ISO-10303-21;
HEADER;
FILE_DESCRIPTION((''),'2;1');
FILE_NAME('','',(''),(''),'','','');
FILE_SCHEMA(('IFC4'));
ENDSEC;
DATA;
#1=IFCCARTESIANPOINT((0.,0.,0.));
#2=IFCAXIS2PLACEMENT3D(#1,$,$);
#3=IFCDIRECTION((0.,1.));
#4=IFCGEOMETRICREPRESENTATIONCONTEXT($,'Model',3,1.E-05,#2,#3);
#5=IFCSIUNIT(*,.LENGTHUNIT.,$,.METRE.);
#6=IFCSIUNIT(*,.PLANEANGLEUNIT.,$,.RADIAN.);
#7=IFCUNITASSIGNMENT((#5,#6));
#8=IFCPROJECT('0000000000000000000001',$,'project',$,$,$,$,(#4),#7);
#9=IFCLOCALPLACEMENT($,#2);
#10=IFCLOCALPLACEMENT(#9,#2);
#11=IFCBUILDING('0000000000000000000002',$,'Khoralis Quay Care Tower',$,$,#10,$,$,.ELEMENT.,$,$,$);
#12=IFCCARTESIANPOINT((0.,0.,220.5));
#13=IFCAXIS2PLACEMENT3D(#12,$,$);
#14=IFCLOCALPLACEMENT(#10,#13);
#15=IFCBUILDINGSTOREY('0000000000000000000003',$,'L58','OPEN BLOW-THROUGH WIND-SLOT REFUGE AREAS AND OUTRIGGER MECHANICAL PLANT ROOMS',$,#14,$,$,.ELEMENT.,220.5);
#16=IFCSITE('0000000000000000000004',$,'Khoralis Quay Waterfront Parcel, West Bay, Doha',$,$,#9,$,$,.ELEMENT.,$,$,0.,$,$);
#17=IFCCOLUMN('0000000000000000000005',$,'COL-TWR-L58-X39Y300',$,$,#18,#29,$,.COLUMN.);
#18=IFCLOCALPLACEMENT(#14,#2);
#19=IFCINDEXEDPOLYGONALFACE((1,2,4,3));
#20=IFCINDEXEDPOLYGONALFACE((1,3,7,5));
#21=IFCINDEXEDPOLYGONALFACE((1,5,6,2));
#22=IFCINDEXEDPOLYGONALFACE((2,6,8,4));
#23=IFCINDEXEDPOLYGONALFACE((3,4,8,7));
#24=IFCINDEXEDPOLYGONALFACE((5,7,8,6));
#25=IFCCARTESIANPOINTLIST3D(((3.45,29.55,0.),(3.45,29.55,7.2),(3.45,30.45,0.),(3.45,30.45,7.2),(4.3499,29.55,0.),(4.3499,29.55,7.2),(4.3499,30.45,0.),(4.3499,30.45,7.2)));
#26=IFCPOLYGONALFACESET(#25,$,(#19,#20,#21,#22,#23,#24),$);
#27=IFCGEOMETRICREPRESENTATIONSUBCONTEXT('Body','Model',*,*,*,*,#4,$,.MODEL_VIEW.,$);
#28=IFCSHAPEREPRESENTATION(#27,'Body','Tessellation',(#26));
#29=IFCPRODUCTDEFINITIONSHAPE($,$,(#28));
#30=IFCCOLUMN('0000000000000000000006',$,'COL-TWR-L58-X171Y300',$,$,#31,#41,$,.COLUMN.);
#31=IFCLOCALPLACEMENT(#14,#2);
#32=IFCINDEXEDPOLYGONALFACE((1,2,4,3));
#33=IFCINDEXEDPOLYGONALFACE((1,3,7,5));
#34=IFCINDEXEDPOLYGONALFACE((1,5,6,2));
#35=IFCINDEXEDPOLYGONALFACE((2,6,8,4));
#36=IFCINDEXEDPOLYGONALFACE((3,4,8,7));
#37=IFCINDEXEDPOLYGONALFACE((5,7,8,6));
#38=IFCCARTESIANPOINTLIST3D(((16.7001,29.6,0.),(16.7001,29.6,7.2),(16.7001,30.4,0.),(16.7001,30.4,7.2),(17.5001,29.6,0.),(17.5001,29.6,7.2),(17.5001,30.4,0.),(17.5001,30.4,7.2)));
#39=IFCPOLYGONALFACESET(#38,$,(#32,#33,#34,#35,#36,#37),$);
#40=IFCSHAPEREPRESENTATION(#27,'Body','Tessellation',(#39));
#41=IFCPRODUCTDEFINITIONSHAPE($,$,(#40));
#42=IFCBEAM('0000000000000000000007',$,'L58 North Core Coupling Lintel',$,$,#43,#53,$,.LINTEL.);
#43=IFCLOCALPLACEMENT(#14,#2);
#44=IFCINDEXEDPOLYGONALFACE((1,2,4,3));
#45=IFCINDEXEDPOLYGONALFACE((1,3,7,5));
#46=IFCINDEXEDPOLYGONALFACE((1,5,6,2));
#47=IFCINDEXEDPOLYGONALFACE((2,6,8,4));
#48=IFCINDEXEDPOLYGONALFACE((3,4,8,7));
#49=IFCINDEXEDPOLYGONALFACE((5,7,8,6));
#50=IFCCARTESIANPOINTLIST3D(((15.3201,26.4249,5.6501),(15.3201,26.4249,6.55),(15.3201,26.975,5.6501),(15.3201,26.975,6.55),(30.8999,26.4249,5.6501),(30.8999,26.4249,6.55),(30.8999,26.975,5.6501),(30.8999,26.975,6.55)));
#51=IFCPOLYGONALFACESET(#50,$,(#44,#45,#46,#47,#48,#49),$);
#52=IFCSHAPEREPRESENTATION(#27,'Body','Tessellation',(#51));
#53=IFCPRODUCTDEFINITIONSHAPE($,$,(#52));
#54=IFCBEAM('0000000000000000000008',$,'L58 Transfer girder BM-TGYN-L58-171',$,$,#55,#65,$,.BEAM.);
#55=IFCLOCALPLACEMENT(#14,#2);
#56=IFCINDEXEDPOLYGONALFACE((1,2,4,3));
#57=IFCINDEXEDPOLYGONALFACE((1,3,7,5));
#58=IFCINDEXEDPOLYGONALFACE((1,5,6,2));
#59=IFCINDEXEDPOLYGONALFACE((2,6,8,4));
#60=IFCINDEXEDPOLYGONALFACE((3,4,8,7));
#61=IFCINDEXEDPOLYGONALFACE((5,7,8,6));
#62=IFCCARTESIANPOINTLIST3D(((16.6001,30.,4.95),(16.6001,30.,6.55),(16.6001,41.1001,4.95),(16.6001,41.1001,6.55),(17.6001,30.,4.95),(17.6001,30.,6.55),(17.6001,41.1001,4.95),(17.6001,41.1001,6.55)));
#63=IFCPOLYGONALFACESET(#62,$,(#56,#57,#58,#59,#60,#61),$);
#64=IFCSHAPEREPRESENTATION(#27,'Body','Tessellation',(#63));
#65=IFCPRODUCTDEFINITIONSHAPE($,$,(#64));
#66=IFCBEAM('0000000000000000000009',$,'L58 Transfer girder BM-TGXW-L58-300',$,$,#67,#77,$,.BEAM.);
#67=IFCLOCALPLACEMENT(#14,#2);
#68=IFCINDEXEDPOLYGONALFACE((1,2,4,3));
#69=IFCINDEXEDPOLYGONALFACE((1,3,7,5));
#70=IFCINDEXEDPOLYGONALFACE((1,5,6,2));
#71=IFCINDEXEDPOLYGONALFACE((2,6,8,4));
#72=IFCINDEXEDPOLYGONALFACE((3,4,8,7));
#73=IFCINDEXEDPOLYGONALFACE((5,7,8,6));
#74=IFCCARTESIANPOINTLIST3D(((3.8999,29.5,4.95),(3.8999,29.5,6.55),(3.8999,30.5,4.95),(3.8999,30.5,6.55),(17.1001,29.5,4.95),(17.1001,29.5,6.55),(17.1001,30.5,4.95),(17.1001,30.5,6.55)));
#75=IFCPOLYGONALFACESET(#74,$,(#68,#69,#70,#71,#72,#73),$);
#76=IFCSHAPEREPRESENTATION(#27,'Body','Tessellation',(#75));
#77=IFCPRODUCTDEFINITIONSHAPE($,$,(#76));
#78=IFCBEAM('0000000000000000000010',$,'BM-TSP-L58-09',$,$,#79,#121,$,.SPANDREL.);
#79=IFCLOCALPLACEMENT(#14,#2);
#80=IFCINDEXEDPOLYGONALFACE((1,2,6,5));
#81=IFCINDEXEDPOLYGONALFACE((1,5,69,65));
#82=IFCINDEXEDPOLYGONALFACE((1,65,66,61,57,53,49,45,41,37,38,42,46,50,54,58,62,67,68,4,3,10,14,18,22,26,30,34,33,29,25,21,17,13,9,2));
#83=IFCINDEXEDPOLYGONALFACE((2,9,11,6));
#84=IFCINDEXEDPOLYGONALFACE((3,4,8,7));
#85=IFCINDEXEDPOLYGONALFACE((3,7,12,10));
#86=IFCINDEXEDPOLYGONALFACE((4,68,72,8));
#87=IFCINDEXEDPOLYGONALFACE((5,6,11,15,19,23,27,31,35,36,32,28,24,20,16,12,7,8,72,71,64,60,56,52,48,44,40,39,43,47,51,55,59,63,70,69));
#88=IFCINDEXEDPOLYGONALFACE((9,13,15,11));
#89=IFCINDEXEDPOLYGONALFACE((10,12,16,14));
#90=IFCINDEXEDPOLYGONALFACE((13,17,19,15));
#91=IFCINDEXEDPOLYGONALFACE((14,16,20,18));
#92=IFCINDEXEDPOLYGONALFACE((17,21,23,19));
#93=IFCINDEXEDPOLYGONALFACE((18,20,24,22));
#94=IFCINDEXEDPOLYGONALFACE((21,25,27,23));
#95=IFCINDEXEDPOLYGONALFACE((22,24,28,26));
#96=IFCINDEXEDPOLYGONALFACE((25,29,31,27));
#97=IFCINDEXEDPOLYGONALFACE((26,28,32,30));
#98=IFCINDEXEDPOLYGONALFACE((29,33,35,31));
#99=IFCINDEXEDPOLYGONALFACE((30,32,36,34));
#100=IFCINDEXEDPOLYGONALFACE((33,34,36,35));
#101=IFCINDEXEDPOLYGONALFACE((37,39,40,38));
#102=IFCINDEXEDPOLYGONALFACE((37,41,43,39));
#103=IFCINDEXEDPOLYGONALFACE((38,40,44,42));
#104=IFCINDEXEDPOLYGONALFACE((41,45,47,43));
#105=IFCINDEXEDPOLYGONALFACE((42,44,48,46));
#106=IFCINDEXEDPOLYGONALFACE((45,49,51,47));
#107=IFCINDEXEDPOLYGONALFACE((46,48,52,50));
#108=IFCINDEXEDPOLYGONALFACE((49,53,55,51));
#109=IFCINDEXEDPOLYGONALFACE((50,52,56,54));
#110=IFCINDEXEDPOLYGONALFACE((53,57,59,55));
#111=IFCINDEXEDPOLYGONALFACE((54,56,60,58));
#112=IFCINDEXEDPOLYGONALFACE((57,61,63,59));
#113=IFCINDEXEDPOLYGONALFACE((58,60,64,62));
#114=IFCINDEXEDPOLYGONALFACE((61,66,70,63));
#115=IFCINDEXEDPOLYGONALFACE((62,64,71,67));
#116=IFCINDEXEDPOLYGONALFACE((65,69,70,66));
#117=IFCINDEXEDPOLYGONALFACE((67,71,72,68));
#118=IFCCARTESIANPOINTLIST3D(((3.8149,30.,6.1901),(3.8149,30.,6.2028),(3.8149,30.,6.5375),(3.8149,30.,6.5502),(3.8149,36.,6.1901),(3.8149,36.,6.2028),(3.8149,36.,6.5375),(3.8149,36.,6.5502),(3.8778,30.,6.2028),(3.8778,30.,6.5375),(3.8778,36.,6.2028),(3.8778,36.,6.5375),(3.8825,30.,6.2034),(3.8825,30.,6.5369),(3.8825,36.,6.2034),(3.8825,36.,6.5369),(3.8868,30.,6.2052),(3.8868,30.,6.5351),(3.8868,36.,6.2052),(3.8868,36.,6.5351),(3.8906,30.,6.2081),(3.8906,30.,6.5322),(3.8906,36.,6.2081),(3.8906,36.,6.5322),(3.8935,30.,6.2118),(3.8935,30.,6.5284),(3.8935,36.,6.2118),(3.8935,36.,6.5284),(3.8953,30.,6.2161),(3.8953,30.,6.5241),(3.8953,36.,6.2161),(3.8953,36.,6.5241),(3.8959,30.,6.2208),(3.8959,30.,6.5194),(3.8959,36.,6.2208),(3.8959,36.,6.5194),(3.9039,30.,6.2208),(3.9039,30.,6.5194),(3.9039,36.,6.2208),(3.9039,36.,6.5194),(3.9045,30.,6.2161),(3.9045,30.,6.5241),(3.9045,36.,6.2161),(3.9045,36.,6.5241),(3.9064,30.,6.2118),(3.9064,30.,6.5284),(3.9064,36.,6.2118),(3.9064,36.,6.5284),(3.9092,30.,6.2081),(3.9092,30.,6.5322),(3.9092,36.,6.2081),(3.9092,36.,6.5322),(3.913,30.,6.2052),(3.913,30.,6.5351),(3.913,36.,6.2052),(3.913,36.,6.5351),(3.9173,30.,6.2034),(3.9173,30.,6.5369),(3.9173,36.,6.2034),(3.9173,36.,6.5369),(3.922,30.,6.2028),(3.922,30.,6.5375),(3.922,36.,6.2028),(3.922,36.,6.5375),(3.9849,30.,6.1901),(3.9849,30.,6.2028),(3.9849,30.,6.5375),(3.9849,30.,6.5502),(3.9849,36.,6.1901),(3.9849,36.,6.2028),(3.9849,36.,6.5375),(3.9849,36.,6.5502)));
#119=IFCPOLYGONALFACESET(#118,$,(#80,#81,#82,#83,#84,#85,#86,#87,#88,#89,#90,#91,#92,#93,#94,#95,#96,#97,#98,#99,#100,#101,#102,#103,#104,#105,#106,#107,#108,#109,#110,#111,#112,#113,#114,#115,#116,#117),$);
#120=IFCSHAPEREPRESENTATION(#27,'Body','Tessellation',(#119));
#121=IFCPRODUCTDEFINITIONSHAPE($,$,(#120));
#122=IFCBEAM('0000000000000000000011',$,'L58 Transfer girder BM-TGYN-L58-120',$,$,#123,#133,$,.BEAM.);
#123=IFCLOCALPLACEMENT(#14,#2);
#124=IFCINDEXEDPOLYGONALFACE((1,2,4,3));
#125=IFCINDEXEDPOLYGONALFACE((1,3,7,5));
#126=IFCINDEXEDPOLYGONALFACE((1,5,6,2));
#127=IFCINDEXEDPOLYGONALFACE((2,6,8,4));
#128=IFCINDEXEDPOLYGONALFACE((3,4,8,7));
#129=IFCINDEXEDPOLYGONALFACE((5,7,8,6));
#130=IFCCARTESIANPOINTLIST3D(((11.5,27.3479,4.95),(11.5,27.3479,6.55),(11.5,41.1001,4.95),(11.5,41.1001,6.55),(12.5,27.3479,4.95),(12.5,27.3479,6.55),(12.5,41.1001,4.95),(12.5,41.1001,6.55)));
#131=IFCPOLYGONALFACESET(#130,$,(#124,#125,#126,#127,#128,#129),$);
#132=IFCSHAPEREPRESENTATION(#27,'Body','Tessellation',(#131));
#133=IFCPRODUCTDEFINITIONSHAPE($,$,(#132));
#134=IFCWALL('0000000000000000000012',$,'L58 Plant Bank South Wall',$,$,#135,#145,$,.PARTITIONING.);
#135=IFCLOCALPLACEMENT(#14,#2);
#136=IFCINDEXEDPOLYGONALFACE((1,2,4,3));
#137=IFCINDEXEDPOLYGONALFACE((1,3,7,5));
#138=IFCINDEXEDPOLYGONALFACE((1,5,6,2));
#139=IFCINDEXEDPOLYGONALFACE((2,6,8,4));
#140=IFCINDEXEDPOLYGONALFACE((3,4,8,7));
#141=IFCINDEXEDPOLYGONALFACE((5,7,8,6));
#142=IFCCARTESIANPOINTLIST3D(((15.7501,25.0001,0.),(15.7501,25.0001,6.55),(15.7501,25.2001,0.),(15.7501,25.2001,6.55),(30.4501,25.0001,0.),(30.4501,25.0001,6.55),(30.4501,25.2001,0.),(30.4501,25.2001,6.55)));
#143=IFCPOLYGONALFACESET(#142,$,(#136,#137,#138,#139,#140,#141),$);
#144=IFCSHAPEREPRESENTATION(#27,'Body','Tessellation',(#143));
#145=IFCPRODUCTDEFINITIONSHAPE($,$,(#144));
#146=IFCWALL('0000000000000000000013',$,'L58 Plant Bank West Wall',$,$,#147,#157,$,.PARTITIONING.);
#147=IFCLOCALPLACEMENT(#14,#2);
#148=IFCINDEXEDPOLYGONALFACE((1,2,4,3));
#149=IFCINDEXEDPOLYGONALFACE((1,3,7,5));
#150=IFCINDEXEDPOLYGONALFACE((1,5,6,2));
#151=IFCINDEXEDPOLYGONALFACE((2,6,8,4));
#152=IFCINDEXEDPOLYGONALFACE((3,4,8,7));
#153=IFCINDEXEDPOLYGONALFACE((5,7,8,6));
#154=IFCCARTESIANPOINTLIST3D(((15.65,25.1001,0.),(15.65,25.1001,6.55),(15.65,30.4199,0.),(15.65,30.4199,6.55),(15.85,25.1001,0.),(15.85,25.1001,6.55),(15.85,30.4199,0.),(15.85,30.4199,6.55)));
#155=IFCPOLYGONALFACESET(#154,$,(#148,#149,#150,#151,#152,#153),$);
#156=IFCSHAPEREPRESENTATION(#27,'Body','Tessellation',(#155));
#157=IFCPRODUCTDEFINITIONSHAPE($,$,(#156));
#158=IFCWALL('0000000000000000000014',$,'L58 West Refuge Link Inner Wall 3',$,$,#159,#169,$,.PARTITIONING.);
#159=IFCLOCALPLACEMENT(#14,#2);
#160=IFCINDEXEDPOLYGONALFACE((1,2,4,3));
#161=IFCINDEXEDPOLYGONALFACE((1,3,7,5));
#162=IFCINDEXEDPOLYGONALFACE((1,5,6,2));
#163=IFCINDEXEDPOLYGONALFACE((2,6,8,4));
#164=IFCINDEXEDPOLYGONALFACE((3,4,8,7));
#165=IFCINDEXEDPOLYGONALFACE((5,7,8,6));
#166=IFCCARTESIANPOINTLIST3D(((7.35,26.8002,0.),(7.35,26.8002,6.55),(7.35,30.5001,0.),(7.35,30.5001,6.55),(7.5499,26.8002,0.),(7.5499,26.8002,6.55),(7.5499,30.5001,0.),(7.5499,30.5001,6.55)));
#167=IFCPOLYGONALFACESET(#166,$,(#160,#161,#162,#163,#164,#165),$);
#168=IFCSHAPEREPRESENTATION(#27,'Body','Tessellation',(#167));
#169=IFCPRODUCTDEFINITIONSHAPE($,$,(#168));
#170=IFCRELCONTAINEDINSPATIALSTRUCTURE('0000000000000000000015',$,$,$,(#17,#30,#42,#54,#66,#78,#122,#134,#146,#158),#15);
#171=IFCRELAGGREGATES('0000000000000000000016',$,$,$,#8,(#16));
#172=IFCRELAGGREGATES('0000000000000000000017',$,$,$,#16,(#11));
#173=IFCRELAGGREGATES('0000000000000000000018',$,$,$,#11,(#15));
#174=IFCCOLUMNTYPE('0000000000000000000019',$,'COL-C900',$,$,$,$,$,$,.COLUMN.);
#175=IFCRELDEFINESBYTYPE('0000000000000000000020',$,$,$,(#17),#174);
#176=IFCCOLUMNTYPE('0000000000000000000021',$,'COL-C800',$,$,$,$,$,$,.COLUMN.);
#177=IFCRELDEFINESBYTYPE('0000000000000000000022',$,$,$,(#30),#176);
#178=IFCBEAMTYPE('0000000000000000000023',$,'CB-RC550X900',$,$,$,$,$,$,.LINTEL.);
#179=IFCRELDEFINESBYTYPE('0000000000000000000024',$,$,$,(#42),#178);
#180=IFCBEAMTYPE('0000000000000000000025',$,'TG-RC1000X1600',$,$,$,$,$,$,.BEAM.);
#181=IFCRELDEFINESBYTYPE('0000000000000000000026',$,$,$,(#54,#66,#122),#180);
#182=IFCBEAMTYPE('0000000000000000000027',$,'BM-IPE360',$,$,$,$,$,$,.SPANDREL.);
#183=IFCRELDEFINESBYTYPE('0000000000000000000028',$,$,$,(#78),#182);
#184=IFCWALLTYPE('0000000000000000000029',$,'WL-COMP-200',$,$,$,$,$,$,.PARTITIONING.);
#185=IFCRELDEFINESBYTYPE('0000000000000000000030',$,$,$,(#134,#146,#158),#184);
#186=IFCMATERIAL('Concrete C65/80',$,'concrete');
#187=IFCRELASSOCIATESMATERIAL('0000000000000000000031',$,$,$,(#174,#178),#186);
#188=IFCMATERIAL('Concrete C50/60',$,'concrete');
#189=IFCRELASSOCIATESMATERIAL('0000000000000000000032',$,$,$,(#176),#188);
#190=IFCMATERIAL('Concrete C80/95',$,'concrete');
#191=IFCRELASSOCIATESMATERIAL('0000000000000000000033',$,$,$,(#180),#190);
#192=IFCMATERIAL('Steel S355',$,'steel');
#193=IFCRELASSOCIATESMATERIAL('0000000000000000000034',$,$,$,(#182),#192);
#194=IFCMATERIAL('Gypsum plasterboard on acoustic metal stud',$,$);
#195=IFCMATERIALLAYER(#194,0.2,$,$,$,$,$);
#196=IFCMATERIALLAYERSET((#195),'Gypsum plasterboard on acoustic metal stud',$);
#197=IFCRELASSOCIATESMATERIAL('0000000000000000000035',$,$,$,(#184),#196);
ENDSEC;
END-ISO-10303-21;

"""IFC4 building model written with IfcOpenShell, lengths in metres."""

from ifc_helpers import new_model, si_unit, direction, frame, frame_2d, origin, origin_2d, place, context, subcontext, project, spatial, rectangle, i_section, extrude, source, transform, mapped, material, layer, layer_set, material_profile, profile_set, type_object, element, save


model = new_model("IFC4")

# Units and contexts
model_context = context("Model", 3, precision=1e-05, world=origin(), true_north=direction((0.0, 1.0)))
body_context = subcontext(model_context, "Body", "Model", "MODEL_VIEW")
ifc_project = project(units=[si_unit("LENGTHUNIT", "METRE"), si_unit("PLANEANGLEUNIT", "RADIAN")], contexts=[model_context])

# Site, building, storey
site_placement = place(None, origin())
site = spatial("IfcSite", under=ifc_project, at=site_placement, Name="Khoralis Quay Waterfront Parcel, West Bay, Doha", CompositionType="ELEMENT", RefElevation=0.0)
building_placement = place(site_placement, origin())
building = spatial("IfcBuilding", under=site, at=building_placement, Name="Khoralis Quay Care Tower", CompositionType="ELEMENT")
storey_placement = place(building_placement, frame((0.0, 0.0, 220.5)))
storey = spatial("IfcBuildingStorey", under=building, at=storey_placement, Name="L58", Description="OPEN BLOW-THROUGH WIND-SLOT REFUGE AREAS AND OUTRIGGER MECHANICAL PLANT ROOMS", CompositionType="ELEMENT", Elevation=220.5)

# Columns
ifc_material_1 = material(Name="Concrete C65/80", Category="concrete")
ifc_material_profile_1 = material_profile(ifc_material_1, rectangle(XDim=0.8999, YDim=0.8999, at=origin_2d()), Name="Concrete C65/80")
ifc_profile_set_1 = profile_set([ifc_material_profile_1], Name="Concrete C65/80")
column_type_1 = type_object("IfcColumnType", Name="COL-C900", PredefinedType="COLUMN", material=ifc_profile_set_1)
shared_shape_1 = source(origin(), body_context, "Body", "SweptSolid", [
    extrude(rectangle(XDim=0.8999, YDim=0.8999, at=origin_2d()), origin(), (0.0, 0.0, 1.0), 7.2),
])
column_1_placement = place(storey_placement, frame((3.8999, 30.0, 0.0), z_axis=(0.0, 0.0, 1.0), x_axis=(1.0, 0.0, 0.0)))
element("IfcColumn", 1, at=column_1_placement, inside=storey, type_object=column_type_1, Name="COL-TWR-L58-X39Y300", PredefinedType="COLUMN", context=body_context, shape_type="MappedRepresentation", body=[
    mapped(shared_shape_1, transform((0.0, 0.0, 0.0), scale=1.0)),
])
ifc_material_2 = material(Name="Concrete C50/60", Category="concrete")
ifc_material_profile_2 = material_profile(ifc_material_2, rectangle(XDim=0.8, YDim=0.8, at=origin_2d()), Name="Concrete C50/60")
ifc_profile_set_2 = profile_set([ifc_material_profile_2], Name="Concrete C50/60")
column_type_2 = type_object("IfcColumnType", Name="COL-C800", PredefinedType="COLUMN", material=ifc_profile_set_2)
shared_shape_2 = source(origin(), body_context, "Body", "SweptSolid", [
    extrude(rectangle(XDim=0.8, YDim=0.8, at=origin_2d()), origin(), (0.0, 0.0, 1.0), 7.2),
])
column_2_placement = place(storey_placement, frame((17.1001, 30.0, 0.0), z_axis=(0.0, 0.0, 1.0), x_axis=(1.0, 0.0, 0.0)))
element("IfcColumn", 2, at=column_2_placement, inside=storey, type_object=column_type_2, Name="COL-TWR-L58-X171Y300", PredefinedType="COLUMN", context=body_context, shape_type="MappedRepresentation", body=[
    mapped(shared_shape_2, transform((0.0, 0.0, 0.0), scale=1.0)),
])

# Beams
ifc_material_profile_3 = material_profile(ifc_material_1, rectangle(XDim=0.55, YDim=0.8999, at=origin_2d()), Name="Concrete C65/80")
ifc_profile_set_3 = profile_set([ifc_material_profile_3], Name="Concrete C65/80")
beam_type_1 = type_object("IfcBeamType", Name="CB-RC550X900", PredefinedType="LINTEL", material=ifc_profile_set_3)
shared_shape_3 = source(origin(), body_context, "Body", "SweptSolid", [
    extrude(rectangle(XDim=0.55, YDim=0.8999, at=origin_2d()), origin(), (0.0, 0.0, 1.0), 15.5798),
])
beam_1_placement = place(storey_placement, frame((15.3201, 26.7, 6.1001), z_axis=(1.0, 0.0, 0.0), x_axis=(0.0, 1.0, 0.0)))
element("IfcBeam", 3, at=beam_1_placement, inside=storey, type_object=beam_type_1, Name="L58 North Core Coupling Lintel", PredefinedType="LINTEL", context=body_context, shape_type="MappedRepresentation", body=[
    mapped(shared_shape_3, transform((0.0, 0.0, 0.0), scale=1.0)),
])
ifc_material_3 = material(Name="Concrete C80/95", Category="concrete")
ifc_material_profile_4 = material_profile(ifc_material_3, rectangle(XDim=1.0, YDim=1.6001, at=origin_2d()), Name="Concrete C80/95")
ifc_profile_set_4 = profile_set([ifc_material_profile_4], Name="Concrete C80/95")
beam_type_2 = type_object("IfcBeamType", Name="TG-RC1000X1600", PredefinedType="BEAM", material=ifc_profile_set_4)
shared_shape_4 = source(origin(), body_context, "Body", "SweptSolid", [
    extrude(rectangle(XDim=1.0, YDim=1.6001, at=origin_2d()), origin(), (0.0, 0.0, 1.0), 11.1001),
])
beam_2_placement = place(storey_placement, frame((17.1001, 30.0, 5.75), z_axis=(0.0, 1.0, 0.0), x_axis=(-1.0, 0.0, 0.0)))
element("IfcBeam", 4, at=beam_2_placement, inside=storey, type_object=beam_type_2, Name="L58 Transfer girder BM-TGYN-L58-171", PredefinedType="BEAM", context=body_context, shape_type="MappedRepresentation", body=[
    mapped(shared_shape_4, transform((0.0, 0.0, 0.0), scale=1.0)),
])
shared_shape_5 = source(origin(), body_context, "Body", "SweptSolid", [
    extrude(rectangle(XDim=1.0, YDim=1.6001, at=origin_2d()), origin(), (0.0, 0.0, 1.0), 13.2002),
])
beam_3_placement = place(storey_placement, frame((3.8999, 30.0, 5.75), z_axis=(1.0, 0.0, 0.0), x_axis=(0.0, 1.0, 0.0)))
element("IfcBeam", 5, at=beam_3_placement, inside=storey, type_object=beam_type_2, Name="L58 Transfer girder BM-TGXW-L58-300", PredefinedType="BEAM", context=body_context, shape_type="MappedRepresentation", body=[
    mapped(shared_shape_5, transform((0.0, 0.0, 0.0), scale=1.0)),
])
ifc_material_4 = material(Name="Steel S355", Category="steel")
ifc_material_profile_5 = material_profile(ifc_material_4, i_section(OverallWidth=0.1699, OverallDepth=0.3601, WebThickness=0.0081, FlangeThickness=0.0127, FilletRadius=0.0181, at=origin_2d()), Name="Steel S355")
ifc_profile_set_5 = profile_set([ifc_material_profile_5], Name="Steel S355")
beam_type_3 = type_object("IfcBeamType", Name="BM-IPE360", PredefinedType="SPANDREL", material=ifc_profile_set_5)
shared_shape_6 = source(origin(), body_context, "Body", "SweptSolid", [
    extrude(i_section(OverallWidth=0.1699, OverallDepth=0.3601, WebThickness=0.0081, FlangeThickness=0.0127, FilletRadius=0.0181, at=origin_2d()), origin(), (0.0, 0.0, 1.0), 6.0),
])
beam_4_placement = place(storey_placement, frame((3.8999, 30.0, 6.3701), z_axis=(0.0, 1.0, 0.0), x_axis=(-1.0, 0.0, 0.0)))
element("IfcBeam", 6, at=beam_4_placement, inside=storey, type_object=beam_type_3, Name="BM-TSP-L58-09", PredefinedType="SPANDREL", context=body_context, shape_type="MappedRepresentation", body=[
    mapped(shared_shape_6, transform((0.0, 0.0, 0.0), scale=1.0)),
])
shared_shape_7 = source(origin(), body_context, "Body", "SweptSolid", [
    extrude(rectangle(XDim=1.0, YDim=1.6001, at=origin_2d()), origin(), (0.0, 0.0, 1.0), 13.7522),
])
beam_5_placement = place(storey_placement, frame((12.0, 27.3479, 5.75), z_axis=(0.0, 1.0, 0.0), x_axis=(-1.0, 0.0, 0.0)))
element("IfcBeam", 7, at=beam_5_placement, inside=storey, type_object=beam_type_2, Name="L58 Transfer girder BM-TGYN-L58-120", PredefinedType="BEAM", context=body_context, shape_type="MappedRepresentation", body=[
    mapped(shared_shape_7, transform((0.0, 0.0, 0.0), scale=1.0)),
])

# Walls
ifc_material_5 = material(Name="Gypsum plasterboard on acoustic metal stud")
ifc_layer_1 = layer(ifc_material_5, 0.2)
ifc_layer_set_1 = layer_set([ifc_layer_1], Name="Gypsum plasterboard on acoustic metal stud")
wall_type_1 = type_object("IfcWallType", Name="WL-COMP-200", PredefinedType="PARTITIONING", material=ifc_layer_set_1)
wall_1_placement = place(storey_placement, frame((15.75, 25.1001, 0.0), z_axis=(0.0, 0.0, 1.0), x_axis=(1.0, 0.0, 0.0)))
element("IfcWall", 8, at=wall_1_placement, inside=storey, type_object=wall_type_1, Name="L58 Plant Bank South Wall", PredefinedType="PARTITIONING", context=body_context, shape_type="SweptSolid", body=[
    extrude(rectangle(XDim=14.7, YDim=0.2, at=frame_2d((7.3501, 0.0))), origin(), (0.0, 0.0, 1.0), 6.55),
])
wall_2_placement = place(storey_placement, frame((15.75, 25.1001, 0.0), z_axis=(0.0, 0.0, 1.0), x_axis=(0.0, 1.0, 0.0)))
element("IfcWall", 9, at=wall_2_placement, inside=storey, type_object=wall_type_1, Name="L58 Plant Bank West Wall", PredefinedType="PARTITIONING", context=body_context, shape_type="SweptSolid", body=[
    extrude(rectangle(XDim=5.3198, YDim=0.2, at=frame_2d((2.6599, 0.0))), origin(), (0.0, 0.0, 1.0), 6.55),
])
wall_3_placement = place(storey_placement, frame((7.45, 26.8, 0.0), z_axis=(0.0, 0.0, 1.0), x_axis=(0.0, 1.0, 0.0)))
element("IfcWall", 10, at=wall_3_placement, inside=storey, type_object=wall_type_1, Name="L58 West Refuge Link Inner Wall 3", PredefinedType="PARTITIONING", context=body_context, shape_type="SweptSolid", body=[
    extrude(rectangle(XDim=3.7, YDim=0.2, at=frame_2d((1.8501, 0.0))), origin(), (0.0, 0.0, 1.0), 6.55),
])

save(model, "model.ifc")
